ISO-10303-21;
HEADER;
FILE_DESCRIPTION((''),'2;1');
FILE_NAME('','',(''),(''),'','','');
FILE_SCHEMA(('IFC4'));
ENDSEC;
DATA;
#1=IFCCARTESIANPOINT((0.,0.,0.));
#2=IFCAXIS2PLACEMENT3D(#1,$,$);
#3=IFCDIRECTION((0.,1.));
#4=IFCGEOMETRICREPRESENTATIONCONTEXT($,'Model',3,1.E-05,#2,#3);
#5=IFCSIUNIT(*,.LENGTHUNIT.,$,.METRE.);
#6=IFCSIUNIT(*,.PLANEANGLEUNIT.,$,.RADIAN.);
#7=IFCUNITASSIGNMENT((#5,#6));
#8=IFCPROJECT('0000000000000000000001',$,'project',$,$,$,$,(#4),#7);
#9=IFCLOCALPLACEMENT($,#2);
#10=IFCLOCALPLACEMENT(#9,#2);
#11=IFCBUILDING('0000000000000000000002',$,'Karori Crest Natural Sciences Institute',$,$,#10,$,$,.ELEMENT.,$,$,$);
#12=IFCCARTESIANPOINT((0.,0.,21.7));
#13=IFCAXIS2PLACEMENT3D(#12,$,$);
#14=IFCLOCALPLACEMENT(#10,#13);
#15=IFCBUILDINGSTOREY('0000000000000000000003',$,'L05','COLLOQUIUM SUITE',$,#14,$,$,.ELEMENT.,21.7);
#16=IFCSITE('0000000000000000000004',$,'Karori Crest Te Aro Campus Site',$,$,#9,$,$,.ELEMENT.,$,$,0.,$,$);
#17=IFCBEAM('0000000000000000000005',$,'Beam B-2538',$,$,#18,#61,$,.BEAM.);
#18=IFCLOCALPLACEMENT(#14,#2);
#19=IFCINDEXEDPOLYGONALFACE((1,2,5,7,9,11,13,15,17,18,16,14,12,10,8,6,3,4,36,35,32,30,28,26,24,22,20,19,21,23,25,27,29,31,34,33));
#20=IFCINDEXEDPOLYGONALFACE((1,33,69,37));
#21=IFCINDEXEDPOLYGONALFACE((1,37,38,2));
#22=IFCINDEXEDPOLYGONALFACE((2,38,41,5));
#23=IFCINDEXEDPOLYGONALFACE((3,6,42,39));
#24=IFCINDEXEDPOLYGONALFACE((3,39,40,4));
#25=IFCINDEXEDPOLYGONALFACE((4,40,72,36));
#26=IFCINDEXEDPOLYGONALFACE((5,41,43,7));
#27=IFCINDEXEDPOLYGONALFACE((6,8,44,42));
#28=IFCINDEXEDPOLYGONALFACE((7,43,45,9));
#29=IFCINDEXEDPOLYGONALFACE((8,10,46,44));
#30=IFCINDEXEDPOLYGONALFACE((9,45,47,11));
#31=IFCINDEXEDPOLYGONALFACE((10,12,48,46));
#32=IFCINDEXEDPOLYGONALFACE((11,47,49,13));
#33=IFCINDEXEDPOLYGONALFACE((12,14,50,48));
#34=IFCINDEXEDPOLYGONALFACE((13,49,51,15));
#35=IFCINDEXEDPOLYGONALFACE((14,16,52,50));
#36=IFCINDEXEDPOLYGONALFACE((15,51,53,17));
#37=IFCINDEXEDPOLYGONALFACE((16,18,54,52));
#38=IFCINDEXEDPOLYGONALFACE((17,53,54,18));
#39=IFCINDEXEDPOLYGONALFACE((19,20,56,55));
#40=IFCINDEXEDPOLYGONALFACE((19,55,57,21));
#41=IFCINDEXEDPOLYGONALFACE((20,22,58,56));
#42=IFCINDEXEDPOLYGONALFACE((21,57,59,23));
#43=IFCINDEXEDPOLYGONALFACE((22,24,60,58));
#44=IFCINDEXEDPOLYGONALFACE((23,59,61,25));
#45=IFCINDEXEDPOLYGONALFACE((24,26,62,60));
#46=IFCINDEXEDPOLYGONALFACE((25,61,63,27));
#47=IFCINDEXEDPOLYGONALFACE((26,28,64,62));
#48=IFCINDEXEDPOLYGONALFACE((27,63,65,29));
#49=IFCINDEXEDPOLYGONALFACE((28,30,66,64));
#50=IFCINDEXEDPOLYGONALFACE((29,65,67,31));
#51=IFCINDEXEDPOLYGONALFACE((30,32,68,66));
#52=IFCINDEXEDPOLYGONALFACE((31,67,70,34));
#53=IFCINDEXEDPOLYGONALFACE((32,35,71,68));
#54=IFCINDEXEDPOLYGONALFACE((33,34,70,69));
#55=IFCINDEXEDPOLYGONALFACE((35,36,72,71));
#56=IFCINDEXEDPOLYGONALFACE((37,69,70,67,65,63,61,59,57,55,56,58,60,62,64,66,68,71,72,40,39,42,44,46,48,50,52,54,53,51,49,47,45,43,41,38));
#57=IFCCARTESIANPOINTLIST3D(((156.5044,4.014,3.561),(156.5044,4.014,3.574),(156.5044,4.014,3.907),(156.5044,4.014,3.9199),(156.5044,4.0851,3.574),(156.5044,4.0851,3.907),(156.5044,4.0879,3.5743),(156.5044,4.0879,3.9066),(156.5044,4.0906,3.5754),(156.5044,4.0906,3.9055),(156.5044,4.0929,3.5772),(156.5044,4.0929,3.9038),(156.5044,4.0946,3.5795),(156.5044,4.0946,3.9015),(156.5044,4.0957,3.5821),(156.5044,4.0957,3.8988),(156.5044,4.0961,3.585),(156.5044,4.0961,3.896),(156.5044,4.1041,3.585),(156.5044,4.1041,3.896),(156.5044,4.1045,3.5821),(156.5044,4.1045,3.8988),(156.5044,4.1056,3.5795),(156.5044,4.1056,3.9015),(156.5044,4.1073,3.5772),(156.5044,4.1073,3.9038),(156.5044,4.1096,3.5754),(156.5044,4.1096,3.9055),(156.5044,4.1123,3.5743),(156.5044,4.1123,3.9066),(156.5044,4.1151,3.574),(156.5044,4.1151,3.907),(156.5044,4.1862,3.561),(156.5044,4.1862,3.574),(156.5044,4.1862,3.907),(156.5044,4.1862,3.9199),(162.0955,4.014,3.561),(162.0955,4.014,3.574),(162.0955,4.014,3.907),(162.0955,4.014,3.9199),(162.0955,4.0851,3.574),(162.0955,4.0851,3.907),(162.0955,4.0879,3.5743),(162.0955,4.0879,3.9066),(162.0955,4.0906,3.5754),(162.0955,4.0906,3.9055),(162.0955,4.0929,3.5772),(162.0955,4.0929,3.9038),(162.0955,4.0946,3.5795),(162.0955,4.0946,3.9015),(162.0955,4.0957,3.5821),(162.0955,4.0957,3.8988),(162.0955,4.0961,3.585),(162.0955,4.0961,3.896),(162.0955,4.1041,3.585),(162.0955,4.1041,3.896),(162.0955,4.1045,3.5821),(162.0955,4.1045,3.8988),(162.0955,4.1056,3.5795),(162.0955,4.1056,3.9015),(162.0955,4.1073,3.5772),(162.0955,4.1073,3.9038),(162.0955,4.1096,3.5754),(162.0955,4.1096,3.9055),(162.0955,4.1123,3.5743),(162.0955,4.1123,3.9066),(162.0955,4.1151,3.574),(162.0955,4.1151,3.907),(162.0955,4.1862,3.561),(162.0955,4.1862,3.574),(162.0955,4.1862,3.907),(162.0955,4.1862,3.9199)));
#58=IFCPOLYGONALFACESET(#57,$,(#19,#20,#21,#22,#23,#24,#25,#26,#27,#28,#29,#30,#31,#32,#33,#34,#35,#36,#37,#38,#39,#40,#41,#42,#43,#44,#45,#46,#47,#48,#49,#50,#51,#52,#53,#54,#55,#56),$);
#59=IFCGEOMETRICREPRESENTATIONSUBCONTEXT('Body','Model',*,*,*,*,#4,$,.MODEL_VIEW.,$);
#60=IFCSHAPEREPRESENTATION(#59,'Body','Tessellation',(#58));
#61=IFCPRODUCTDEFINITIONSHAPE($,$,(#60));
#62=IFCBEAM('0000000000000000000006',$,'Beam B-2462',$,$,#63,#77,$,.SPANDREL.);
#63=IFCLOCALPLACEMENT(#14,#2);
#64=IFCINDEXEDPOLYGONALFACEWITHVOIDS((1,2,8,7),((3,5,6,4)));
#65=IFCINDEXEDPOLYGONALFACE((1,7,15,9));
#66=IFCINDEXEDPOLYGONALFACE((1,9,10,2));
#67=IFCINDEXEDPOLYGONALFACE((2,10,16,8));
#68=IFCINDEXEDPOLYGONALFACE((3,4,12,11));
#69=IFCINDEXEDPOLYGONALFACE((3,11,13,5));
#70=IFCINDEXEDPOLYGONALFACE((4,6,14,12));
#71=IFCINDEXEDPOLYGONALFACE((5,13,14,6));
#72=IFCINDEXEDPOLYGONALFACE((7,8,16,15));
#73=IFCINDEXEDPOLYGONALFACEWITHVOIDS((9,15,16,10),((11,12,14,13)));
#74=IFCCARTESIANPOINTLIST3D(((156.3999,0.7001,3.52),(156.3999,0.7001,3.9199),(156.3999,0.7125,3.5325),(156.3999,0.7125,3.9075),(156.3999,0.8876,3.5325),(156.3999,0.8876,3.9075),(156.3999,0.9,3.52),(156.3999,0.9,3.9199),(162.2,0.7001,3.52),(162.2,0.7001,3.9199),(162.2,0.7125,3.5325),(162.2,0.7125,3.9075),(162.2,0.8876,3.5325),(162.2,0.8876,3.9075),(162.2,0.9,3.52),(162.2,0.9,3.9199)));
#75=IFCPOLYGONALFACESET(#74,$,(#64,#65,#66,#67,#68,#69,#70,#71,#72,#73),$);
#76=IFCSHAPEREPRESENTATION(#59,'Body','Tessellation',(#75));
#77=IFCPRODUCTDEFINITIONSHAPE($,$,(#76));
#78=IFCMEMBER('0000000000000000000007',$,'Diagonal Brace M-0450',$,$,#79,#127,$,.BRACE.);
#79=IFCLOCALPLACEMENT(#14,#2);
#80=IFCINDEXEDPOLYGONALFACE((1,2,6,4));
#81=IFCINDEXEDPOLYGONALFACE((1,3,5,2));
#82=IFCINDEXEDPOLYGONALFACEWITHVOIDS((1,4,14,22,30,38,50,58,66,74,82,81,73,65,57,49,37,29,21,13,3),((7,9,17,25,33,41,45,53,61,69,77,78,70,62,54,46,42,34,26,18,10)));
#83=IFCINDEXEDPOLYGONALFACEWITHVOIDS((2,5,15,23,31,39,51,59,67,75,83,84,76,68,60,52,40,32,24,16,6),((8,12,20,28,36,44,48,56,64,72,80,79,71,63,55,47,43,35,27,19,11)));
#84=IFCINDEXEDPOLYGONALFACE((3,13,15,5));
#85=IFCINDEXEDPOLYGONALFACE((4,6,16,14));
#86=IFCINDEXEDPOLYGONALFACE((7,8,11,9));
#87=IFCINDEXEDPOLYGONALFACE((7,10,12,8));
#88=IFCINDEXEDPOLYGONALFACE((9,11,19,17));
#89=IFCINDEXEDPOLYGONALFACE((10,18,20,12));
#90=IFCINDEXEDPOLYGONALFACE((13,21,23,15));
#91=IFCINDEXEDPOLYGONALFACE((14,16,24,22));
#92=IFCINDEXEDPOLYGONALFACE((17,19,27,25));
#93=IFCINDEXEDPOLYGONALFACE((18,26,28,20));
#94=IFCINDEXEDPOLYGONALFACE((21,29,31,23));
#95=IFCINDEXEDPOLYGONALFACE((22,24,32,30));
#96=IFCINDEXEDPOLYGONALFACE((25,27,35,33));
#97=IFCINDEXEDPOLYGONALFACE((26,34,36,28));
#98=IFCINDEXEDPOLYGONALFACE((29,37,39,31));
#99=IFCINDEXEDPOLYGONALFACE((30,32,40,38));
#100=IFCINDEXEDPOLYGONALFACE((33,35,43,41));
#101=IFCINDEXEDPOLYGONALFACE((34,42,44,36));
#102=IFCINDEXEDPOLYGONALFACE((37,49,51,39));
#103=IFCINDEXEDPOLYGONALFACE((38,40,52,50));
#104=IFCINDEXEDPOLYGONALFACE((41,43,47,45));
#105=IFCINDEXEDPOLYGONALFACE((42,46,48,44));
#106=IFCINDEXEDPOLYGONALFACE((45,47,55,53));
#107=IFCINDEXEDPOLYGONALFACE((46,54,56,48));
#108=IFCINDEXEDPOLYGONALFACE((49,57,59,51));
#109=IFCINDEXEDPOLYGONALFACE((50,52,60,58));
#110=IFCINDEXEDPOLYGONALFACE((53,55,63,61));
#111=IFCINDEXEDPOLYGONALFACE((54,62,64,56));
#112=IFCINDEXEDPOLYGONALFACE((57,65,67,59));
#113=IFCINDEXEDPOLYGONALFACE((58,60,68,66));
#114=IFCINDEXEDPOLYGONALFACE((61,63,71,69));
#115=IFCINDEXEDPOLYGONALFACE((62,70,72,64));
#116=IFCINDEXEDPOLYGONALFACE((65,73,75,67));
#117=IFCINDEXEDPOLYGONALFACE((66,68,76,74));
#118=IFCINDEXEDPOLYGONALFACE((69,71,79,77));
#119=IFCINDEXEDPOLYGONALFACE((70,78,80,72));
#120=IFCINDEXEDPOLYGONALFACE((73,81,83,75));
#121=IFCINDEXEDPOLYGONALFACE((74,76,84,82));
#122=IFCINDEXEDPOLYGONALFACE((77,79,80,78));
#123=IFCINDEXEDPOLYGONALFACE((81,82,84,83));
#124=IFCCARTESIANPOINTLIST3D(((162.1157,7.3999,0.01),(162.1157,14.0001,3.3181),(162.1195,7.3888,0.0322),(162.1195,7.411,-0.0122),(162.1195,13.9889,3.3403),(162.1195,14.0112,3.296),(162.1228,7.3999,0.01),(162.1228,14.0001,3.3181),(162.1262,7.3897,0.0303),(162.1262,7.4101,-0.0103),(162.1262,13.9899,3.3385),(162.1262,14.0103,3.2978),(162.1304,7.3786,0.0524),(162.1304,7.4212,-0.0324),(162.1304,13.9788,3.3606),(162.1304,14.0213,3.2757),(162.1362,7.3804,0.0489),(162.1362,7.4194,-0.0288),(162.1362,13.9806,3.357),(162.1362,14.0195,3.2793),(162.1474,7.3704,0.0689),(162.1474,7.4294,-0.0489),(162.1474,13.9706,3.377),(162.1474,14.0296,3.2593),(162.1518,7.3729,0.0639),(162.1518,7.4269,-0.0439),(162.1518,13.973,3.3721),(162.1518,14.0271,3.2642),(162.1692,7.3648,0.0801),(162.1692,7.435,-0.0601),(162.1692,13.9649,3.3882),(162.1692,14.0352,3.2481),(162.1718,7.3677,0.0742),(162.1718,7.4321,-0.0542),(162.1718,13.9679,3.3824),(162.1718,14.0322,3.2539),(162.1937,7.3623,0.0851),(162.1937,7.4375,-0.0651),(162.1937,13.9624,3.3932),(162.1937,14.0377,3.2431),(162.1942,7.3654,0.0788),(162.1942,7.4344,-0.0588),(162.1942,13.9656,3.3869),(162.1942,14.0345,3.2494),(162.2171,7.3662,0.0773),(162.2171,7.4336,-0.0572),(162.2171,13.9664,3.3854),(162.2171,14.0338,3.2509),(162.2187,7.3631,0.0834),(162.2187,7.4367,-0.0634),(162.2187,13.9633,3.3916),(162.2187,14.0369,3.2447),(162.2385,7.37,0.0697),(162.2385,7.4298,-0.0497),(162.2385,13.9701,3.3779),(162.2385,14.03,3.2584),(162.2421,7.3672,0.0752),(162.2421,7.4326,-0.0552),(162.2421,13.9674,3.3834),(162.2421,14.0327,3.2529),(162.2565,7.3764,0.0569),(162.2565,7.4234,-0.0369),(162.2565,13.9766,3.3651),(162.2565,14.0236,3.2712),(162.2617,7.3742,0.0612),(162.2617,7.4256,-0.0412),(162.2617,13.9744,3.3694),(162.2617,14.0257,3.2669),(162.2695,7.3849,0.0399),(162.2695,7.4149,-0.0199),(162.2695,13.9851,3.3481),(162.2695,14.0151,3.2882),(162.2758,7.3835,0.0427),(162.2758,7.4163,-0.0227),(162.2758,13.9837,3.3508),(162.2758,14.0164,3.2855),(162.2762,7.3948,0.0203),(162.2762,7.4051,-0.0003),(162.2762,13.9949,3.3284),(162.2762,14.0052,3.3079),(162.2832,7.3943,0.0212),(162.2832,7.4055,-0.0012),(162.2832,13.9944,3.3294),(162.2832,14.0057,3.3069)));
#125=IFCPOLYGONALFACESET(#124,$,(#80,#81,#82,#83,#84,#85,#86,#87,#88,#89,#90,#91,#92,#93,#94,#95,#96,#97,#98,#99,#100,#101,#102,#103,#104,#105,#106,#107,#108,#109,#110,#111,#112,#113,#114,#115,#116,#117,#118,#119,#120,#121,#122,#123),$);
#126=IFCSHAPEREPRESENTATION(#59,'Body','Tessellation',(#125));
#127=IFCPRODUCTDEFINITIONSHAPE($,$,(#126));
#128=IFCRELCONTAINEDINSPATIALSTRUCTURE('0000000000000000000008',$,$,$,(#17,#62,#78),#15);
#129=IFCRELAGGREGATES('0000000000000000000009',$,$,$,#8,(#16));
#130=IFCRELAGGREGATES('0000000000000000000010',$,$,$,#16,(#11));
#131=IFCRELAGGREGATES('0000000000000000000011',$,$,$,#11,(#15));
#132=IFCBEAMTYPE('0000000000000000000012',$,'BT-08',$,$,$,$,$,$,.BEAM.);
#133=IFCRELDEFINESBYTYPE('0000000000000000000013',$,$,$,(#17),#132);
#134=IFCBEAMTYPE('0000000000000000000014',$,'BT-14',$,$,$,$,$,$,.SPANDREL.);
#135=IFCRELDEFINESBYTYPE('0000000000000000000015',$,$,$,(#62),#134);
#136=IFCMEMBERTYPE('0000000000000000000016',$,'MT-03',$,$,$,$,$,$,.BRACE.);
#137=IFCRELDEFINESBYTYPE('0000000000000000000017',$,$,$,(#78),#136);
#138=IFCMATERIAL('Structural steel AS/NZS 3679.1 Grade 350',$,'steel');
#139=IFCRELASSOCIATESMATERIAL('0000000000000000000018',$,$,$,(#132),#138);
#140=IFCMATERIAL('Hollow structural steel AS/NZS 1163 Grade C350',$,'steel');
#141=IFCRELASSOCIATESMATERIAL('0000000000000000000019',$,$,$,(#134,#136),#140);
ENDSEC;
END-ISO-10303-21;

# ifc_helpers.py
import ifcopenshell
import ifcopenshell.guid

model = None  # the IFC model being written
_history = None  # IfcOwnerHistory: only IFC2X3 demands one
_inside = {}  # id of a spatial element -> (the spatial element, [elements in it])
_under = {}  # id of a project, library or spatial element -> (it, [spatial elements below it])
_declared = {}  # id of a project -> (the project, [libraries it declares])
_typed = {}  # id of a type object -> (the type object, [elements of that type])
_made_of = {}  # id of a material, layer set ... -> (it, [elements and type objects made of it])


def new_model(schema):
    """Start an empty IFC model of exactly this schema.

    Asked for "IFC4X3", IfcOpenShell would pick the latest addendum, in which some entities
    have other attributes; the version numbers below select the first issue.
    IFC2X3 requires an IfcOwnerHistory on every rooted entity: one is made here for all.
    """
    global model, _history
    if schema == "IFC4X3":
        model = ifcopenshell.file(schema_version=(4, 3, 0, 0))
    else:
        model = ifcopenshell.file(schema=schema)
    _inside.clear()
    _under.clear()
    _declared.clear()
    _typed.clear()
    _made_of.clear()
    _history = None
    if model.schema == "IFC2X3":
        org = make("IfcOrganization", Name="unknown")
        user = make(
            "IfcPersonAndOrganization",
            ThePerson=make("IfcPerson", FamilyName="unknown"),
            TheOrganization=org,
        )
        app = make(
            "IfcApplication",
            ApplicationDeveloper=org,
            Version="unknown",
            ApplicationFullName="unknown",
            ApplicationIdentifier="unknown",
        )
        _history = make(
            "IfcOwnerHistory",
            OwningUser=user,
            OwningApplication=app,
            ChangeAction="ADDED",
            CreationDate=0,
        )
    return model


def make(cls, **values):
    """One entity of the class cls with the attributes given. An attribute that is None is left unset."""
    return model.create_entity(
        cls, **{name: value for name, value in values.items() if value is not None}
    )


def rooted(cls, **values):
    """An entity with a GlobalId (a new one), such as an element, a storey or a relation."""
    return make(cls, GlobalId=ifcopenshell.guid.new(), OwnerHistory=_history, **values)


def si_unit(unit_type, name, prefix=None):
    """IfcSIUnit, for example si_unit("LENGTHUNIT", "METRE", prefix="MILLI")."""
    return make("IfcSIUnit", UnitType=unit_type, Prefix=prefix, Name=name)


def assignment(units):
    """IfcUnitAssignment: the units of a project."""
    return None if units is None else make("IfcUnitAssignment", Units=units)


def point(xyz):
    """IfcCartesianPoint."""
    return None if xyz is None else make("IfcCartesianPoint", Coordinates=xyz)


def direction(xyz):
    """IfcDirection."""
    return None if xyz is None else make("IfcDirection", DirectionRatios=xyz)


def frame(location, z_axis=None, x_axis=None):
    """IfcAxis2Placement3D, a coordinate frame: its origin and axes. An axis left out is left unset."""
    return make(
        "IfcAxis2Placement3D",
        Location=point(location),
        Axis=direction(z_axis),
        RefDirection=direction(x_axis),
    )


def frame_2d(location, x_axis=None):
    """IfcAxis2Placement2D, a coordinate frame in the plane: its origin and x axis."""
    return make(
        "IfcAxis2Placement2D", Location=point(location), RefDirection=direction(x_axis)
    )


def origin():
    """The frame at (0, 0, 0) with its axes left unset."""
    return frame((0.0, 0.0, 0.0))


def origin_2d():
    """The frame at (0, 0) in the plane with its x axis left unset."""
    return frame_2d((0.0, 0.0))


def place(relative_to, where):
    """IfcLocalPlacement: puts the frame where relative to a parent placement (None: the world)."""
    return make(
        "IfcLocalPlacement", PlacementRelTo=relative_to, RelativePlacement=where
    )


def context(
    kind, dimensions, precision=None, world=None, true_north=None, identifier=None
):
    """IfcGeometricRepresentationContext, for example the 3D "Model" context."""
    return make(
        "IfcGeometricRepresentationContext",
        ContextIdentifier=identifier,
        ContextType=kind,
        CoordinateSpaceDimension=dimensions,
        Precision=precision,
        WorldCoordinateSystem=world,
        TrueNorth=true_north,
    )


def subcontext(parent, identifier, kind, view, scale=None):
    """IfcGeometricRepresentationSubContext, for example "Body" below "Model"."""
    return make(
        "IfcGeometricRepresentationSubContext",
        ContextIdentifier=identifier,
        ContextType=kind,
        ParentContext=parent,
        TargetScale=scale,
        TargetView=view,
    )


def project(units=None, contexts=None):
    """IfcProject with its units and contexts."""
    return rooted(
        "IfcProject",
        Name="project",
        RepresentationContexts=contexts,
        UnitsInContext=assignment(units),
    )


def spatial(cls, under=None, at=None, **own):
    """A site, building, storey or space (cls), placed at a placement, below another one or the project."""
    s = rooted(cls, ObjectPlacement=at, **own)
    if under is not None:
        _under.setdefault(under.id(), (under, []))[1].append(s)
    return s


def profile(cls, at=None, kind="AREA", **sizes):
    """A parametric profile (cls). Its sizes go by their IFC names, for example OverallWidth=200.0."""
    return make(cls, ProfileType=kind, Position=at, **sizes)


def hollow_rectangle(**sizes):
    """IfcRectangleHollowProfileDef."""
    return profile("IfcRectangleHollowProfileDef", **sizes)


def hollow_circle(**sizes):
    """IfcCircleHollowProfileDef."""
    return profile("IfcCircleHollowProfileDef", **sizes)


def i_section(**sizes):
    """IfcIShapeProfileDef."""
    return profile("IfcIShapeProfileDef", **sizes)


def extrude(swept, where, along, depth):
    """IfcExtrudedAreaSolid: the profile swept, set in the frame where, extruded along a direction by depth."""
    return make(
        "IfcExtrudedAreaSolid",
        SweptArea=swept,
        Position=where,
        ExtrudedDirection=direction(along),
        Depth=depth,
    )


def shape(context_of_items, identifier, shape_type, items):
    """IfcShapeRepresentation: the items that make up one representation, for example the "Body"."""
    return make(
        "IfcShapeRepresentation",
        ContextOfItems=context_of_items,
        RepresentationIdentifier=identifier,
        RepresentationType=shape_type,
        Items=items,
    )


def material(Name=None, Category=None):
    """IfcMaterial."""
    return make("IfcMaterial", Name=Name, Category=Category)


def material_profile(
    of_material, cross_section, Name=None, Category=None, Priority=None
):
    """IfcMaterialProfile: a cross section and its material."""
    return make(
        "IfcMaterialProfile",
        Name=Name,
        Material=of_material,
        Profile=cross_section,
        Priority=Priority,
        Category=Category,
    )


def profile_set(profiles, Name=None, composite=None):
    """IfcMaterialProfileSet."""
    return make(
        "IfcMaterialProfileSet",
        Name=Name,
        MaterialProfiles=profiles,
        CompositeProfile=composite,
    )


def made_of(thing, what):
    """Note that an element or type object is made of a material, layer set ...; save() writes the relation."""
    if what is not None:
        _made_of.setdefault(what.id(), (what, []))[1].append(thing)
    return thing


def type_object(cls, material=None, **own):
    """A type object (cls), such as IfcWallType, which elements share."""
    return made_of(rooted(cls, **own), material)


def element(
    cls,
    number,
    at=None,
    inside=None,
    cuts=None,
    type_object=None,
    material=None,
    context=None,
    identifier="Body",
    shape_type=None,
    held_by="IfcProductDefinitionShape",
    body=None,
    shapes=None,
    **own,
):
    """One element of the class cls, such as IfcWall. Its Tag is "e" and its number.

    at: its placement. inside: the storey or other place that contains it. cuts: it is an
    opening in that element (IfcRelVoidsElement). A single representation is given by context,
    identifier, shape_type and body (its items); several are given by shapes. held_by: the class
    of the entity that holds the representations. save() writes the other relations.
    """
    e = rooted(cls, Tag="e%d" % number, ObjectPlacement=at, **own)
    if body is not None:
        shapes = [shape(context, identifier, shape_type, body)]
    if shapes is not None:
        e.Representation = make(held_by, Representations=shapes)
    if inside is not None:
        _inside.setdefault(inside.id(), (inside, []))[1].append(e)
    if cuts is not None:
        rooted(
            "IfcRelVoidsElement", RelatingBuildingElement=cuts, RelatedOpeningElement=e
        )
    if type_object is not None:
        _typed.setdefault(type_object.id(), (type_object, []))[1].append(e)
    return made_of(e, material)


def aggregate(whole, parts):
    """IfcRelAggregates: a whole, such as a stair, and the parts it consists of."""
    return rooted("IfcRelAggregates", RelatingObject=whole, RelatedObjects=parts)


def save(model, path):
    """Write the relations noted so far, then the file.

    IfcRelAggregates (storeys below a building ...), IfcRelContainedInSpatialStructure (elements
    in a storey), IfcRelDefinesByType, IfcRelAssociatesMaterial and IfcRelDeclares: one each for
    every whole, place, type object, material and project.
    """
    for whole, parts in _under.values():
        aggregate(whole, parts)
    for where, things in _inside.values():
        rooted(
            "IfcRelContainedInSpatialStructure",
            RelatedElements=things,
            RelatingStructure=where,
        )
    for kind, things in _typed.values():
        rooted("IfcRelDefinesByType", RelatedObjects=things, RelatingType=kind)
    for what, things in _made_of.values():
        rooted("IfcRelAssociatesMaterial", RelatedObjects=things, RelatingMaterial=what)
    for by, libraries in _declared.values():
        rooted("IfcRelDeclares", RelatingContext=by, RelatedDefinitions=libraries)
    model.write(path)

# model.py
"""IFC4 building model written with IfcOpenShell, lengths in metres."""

from ifc_helpers import new_model, si_unit, direction, frame, origin, origin_2d, place, context, subcontext, project, spatial, hollow_rectangle, hollow_circle, i_section, extrude, material, material_profile, profile_set, type_object, element, save


model = new_model("IFC4")

# Units and contexts
model_context = context("Model", 3, precision=1e-05, world=origin(), true_north=direction((0.0, 1.0)))
body_context = subcontext(model_context, "Body", "Model", "MODEL_VIEW")
ifc_project = project(units=[si_unit("LENGTHUNIT", "METRE"), si_unit("PLANEANGLEUNIT", "RADIAN")], contexts=[model_context])

# Site, building, storey
site_placement = place(None, origin())
site = spatial("IfcSite", under=ifc_project, at=site_placement, Name="Karori Crest Te Aro Campus Site", CompositionType="ELEMENT", RefElevation=0.0)
building_placement = place(site_placement, origin())
building = spatial("IfcBuilding", under=site, at=building_placement, Name="Karori Crest Natural Sciences Institute", CompositionType="ELEMENT")
storey_placement = place(building_placement, frame((0.0, 0.0, 21.7)))
storey = spatial("IfcBuildingStorey", under=building, at=storey_placement, Name="L05", Description="COLLOQUIUM SUITE", CompositionType="ELEMENT", Elevation=21.7)

# Shared definitions
ifc_material_1 = material(Name="Structural steel AS/NZS 3679.1 Grade 350", Category="steel")

# Beams
ifc_material_profile_1 = material_profile(ifc_material_1, i_section(OverallWidth=0.1721, OverallDepth=0.3589, WebThickness=0.0081, FlangeThickness=0.0129, FilletRadius=0.011, at=origin_2d()), Name="360UB56.7")
ifc_profile_set_1 = profile_set([ifc_material_profile_1], Name="Structural steel AS/NZS 3679.1 Grade 350")
beam_type_1 = type_object("IfcBeamType", Name="BT-08", PredefinedType="BEAM", material=ifc_profile_set_1)
beam_1_placement = place(storey_placement, frame((156.5044, 4.1001, 3.7405), z_axis=(1.0, 0.0, 0.0), x_axis=(0.0, 1.0, 0.0)))
element("IfcBeam", 1, at=beam_1_placement, inside=storey, type_object=beam_type_1, Name="Beam B-2538", PredefinedType="BEAM", context=body_context, shape_type="SweptSolid", body=[
    extrude(i_section(OverallWidth=0.1721, OverallDepth=0.3589, WebThickness=0.0081, FlangeThickness=0.0129, FilletRadius=0.011, at=origin_2d()), origin(), (0.0, 0.0, 1.0), 5.5911),
])
ifc_material_2 = material(Name="Hollow structural steel AS/NZS 1163 Grade C350", Category="steel")
ifc_material_profile_2 = material_profile(ifc_material_2, hollow_rectangle(XDim=0.2, YDim=0.3999, WallThickness=0.0125, at=origin_2d()), Name="RHS400x200x12.5")
ifc_profile_set_2 = profile_set([ifc_material_profile_2], Name="Hollow structural steel AS/NZS 1163 Grade C350")
beam_type_2 = type_object("IfcBeamType", Name="BT-14", PredefinedType="SPANDREL", material=ifc_profile_set_2)
beam_2_placement = place(storey_placement, frame((156.3999, 0.8, 3.72), z_axis=(1.0, 0.0, 0.0), x_axis=(0.0, 1.0, 0.0)))
element("IfcBeam", 2, at=beam_2_placement, inside=storey, type_object=beam_type_2, Name="Beam B-2462", PredefinedType="SPANDREL", context=body_context, shape_type="SweptSolid", body=[
    extrude(hollow_rectangle(XDim=0.2, YDim=0.3999, WallThickness=0.0125, at=origin_2d()), origin(), (0.0, 0.0, 1.0), 5.8),
])

# Member
ifc_material_profile_3 = material_profile(ifc_material_2, hollow_circle(Radius=0.0842, WallThickness=0.0071, at=origin_2d()), Name="CHS168.3x7.1")
ifc_profile_set_3 = profile_set([ifc_material_profile_3], Name="Hollow structural steel AS/NZS 1163 Grade C350")
member_type = type_object("IfcMemberType", Name="MT-03", PredefinedType="BRACE", material=ifc_profile_set_3)
member_placement = place(storey_placement, frame((162.2, 7.3999, 0.01), z_axis=(0.0, 0.89399, 0.448086), x_axis=(-1.0, 0.0, 0.0)))
element("IfcMember", 3, at=member_placement, inside=storey, type_object=member_type, Name="Diagonal Brace M-0450", PredefinedType="BRACE", context=body_context, shape_type="SweptSolid", body=[
    extrude(hollow_circle(Radius=0.0842, WallThickness=0.0071, at=origin_2d()), origin(), (0.0, 0.0, 1.0), 7.3828),
])

save(model, "model.ifc")
